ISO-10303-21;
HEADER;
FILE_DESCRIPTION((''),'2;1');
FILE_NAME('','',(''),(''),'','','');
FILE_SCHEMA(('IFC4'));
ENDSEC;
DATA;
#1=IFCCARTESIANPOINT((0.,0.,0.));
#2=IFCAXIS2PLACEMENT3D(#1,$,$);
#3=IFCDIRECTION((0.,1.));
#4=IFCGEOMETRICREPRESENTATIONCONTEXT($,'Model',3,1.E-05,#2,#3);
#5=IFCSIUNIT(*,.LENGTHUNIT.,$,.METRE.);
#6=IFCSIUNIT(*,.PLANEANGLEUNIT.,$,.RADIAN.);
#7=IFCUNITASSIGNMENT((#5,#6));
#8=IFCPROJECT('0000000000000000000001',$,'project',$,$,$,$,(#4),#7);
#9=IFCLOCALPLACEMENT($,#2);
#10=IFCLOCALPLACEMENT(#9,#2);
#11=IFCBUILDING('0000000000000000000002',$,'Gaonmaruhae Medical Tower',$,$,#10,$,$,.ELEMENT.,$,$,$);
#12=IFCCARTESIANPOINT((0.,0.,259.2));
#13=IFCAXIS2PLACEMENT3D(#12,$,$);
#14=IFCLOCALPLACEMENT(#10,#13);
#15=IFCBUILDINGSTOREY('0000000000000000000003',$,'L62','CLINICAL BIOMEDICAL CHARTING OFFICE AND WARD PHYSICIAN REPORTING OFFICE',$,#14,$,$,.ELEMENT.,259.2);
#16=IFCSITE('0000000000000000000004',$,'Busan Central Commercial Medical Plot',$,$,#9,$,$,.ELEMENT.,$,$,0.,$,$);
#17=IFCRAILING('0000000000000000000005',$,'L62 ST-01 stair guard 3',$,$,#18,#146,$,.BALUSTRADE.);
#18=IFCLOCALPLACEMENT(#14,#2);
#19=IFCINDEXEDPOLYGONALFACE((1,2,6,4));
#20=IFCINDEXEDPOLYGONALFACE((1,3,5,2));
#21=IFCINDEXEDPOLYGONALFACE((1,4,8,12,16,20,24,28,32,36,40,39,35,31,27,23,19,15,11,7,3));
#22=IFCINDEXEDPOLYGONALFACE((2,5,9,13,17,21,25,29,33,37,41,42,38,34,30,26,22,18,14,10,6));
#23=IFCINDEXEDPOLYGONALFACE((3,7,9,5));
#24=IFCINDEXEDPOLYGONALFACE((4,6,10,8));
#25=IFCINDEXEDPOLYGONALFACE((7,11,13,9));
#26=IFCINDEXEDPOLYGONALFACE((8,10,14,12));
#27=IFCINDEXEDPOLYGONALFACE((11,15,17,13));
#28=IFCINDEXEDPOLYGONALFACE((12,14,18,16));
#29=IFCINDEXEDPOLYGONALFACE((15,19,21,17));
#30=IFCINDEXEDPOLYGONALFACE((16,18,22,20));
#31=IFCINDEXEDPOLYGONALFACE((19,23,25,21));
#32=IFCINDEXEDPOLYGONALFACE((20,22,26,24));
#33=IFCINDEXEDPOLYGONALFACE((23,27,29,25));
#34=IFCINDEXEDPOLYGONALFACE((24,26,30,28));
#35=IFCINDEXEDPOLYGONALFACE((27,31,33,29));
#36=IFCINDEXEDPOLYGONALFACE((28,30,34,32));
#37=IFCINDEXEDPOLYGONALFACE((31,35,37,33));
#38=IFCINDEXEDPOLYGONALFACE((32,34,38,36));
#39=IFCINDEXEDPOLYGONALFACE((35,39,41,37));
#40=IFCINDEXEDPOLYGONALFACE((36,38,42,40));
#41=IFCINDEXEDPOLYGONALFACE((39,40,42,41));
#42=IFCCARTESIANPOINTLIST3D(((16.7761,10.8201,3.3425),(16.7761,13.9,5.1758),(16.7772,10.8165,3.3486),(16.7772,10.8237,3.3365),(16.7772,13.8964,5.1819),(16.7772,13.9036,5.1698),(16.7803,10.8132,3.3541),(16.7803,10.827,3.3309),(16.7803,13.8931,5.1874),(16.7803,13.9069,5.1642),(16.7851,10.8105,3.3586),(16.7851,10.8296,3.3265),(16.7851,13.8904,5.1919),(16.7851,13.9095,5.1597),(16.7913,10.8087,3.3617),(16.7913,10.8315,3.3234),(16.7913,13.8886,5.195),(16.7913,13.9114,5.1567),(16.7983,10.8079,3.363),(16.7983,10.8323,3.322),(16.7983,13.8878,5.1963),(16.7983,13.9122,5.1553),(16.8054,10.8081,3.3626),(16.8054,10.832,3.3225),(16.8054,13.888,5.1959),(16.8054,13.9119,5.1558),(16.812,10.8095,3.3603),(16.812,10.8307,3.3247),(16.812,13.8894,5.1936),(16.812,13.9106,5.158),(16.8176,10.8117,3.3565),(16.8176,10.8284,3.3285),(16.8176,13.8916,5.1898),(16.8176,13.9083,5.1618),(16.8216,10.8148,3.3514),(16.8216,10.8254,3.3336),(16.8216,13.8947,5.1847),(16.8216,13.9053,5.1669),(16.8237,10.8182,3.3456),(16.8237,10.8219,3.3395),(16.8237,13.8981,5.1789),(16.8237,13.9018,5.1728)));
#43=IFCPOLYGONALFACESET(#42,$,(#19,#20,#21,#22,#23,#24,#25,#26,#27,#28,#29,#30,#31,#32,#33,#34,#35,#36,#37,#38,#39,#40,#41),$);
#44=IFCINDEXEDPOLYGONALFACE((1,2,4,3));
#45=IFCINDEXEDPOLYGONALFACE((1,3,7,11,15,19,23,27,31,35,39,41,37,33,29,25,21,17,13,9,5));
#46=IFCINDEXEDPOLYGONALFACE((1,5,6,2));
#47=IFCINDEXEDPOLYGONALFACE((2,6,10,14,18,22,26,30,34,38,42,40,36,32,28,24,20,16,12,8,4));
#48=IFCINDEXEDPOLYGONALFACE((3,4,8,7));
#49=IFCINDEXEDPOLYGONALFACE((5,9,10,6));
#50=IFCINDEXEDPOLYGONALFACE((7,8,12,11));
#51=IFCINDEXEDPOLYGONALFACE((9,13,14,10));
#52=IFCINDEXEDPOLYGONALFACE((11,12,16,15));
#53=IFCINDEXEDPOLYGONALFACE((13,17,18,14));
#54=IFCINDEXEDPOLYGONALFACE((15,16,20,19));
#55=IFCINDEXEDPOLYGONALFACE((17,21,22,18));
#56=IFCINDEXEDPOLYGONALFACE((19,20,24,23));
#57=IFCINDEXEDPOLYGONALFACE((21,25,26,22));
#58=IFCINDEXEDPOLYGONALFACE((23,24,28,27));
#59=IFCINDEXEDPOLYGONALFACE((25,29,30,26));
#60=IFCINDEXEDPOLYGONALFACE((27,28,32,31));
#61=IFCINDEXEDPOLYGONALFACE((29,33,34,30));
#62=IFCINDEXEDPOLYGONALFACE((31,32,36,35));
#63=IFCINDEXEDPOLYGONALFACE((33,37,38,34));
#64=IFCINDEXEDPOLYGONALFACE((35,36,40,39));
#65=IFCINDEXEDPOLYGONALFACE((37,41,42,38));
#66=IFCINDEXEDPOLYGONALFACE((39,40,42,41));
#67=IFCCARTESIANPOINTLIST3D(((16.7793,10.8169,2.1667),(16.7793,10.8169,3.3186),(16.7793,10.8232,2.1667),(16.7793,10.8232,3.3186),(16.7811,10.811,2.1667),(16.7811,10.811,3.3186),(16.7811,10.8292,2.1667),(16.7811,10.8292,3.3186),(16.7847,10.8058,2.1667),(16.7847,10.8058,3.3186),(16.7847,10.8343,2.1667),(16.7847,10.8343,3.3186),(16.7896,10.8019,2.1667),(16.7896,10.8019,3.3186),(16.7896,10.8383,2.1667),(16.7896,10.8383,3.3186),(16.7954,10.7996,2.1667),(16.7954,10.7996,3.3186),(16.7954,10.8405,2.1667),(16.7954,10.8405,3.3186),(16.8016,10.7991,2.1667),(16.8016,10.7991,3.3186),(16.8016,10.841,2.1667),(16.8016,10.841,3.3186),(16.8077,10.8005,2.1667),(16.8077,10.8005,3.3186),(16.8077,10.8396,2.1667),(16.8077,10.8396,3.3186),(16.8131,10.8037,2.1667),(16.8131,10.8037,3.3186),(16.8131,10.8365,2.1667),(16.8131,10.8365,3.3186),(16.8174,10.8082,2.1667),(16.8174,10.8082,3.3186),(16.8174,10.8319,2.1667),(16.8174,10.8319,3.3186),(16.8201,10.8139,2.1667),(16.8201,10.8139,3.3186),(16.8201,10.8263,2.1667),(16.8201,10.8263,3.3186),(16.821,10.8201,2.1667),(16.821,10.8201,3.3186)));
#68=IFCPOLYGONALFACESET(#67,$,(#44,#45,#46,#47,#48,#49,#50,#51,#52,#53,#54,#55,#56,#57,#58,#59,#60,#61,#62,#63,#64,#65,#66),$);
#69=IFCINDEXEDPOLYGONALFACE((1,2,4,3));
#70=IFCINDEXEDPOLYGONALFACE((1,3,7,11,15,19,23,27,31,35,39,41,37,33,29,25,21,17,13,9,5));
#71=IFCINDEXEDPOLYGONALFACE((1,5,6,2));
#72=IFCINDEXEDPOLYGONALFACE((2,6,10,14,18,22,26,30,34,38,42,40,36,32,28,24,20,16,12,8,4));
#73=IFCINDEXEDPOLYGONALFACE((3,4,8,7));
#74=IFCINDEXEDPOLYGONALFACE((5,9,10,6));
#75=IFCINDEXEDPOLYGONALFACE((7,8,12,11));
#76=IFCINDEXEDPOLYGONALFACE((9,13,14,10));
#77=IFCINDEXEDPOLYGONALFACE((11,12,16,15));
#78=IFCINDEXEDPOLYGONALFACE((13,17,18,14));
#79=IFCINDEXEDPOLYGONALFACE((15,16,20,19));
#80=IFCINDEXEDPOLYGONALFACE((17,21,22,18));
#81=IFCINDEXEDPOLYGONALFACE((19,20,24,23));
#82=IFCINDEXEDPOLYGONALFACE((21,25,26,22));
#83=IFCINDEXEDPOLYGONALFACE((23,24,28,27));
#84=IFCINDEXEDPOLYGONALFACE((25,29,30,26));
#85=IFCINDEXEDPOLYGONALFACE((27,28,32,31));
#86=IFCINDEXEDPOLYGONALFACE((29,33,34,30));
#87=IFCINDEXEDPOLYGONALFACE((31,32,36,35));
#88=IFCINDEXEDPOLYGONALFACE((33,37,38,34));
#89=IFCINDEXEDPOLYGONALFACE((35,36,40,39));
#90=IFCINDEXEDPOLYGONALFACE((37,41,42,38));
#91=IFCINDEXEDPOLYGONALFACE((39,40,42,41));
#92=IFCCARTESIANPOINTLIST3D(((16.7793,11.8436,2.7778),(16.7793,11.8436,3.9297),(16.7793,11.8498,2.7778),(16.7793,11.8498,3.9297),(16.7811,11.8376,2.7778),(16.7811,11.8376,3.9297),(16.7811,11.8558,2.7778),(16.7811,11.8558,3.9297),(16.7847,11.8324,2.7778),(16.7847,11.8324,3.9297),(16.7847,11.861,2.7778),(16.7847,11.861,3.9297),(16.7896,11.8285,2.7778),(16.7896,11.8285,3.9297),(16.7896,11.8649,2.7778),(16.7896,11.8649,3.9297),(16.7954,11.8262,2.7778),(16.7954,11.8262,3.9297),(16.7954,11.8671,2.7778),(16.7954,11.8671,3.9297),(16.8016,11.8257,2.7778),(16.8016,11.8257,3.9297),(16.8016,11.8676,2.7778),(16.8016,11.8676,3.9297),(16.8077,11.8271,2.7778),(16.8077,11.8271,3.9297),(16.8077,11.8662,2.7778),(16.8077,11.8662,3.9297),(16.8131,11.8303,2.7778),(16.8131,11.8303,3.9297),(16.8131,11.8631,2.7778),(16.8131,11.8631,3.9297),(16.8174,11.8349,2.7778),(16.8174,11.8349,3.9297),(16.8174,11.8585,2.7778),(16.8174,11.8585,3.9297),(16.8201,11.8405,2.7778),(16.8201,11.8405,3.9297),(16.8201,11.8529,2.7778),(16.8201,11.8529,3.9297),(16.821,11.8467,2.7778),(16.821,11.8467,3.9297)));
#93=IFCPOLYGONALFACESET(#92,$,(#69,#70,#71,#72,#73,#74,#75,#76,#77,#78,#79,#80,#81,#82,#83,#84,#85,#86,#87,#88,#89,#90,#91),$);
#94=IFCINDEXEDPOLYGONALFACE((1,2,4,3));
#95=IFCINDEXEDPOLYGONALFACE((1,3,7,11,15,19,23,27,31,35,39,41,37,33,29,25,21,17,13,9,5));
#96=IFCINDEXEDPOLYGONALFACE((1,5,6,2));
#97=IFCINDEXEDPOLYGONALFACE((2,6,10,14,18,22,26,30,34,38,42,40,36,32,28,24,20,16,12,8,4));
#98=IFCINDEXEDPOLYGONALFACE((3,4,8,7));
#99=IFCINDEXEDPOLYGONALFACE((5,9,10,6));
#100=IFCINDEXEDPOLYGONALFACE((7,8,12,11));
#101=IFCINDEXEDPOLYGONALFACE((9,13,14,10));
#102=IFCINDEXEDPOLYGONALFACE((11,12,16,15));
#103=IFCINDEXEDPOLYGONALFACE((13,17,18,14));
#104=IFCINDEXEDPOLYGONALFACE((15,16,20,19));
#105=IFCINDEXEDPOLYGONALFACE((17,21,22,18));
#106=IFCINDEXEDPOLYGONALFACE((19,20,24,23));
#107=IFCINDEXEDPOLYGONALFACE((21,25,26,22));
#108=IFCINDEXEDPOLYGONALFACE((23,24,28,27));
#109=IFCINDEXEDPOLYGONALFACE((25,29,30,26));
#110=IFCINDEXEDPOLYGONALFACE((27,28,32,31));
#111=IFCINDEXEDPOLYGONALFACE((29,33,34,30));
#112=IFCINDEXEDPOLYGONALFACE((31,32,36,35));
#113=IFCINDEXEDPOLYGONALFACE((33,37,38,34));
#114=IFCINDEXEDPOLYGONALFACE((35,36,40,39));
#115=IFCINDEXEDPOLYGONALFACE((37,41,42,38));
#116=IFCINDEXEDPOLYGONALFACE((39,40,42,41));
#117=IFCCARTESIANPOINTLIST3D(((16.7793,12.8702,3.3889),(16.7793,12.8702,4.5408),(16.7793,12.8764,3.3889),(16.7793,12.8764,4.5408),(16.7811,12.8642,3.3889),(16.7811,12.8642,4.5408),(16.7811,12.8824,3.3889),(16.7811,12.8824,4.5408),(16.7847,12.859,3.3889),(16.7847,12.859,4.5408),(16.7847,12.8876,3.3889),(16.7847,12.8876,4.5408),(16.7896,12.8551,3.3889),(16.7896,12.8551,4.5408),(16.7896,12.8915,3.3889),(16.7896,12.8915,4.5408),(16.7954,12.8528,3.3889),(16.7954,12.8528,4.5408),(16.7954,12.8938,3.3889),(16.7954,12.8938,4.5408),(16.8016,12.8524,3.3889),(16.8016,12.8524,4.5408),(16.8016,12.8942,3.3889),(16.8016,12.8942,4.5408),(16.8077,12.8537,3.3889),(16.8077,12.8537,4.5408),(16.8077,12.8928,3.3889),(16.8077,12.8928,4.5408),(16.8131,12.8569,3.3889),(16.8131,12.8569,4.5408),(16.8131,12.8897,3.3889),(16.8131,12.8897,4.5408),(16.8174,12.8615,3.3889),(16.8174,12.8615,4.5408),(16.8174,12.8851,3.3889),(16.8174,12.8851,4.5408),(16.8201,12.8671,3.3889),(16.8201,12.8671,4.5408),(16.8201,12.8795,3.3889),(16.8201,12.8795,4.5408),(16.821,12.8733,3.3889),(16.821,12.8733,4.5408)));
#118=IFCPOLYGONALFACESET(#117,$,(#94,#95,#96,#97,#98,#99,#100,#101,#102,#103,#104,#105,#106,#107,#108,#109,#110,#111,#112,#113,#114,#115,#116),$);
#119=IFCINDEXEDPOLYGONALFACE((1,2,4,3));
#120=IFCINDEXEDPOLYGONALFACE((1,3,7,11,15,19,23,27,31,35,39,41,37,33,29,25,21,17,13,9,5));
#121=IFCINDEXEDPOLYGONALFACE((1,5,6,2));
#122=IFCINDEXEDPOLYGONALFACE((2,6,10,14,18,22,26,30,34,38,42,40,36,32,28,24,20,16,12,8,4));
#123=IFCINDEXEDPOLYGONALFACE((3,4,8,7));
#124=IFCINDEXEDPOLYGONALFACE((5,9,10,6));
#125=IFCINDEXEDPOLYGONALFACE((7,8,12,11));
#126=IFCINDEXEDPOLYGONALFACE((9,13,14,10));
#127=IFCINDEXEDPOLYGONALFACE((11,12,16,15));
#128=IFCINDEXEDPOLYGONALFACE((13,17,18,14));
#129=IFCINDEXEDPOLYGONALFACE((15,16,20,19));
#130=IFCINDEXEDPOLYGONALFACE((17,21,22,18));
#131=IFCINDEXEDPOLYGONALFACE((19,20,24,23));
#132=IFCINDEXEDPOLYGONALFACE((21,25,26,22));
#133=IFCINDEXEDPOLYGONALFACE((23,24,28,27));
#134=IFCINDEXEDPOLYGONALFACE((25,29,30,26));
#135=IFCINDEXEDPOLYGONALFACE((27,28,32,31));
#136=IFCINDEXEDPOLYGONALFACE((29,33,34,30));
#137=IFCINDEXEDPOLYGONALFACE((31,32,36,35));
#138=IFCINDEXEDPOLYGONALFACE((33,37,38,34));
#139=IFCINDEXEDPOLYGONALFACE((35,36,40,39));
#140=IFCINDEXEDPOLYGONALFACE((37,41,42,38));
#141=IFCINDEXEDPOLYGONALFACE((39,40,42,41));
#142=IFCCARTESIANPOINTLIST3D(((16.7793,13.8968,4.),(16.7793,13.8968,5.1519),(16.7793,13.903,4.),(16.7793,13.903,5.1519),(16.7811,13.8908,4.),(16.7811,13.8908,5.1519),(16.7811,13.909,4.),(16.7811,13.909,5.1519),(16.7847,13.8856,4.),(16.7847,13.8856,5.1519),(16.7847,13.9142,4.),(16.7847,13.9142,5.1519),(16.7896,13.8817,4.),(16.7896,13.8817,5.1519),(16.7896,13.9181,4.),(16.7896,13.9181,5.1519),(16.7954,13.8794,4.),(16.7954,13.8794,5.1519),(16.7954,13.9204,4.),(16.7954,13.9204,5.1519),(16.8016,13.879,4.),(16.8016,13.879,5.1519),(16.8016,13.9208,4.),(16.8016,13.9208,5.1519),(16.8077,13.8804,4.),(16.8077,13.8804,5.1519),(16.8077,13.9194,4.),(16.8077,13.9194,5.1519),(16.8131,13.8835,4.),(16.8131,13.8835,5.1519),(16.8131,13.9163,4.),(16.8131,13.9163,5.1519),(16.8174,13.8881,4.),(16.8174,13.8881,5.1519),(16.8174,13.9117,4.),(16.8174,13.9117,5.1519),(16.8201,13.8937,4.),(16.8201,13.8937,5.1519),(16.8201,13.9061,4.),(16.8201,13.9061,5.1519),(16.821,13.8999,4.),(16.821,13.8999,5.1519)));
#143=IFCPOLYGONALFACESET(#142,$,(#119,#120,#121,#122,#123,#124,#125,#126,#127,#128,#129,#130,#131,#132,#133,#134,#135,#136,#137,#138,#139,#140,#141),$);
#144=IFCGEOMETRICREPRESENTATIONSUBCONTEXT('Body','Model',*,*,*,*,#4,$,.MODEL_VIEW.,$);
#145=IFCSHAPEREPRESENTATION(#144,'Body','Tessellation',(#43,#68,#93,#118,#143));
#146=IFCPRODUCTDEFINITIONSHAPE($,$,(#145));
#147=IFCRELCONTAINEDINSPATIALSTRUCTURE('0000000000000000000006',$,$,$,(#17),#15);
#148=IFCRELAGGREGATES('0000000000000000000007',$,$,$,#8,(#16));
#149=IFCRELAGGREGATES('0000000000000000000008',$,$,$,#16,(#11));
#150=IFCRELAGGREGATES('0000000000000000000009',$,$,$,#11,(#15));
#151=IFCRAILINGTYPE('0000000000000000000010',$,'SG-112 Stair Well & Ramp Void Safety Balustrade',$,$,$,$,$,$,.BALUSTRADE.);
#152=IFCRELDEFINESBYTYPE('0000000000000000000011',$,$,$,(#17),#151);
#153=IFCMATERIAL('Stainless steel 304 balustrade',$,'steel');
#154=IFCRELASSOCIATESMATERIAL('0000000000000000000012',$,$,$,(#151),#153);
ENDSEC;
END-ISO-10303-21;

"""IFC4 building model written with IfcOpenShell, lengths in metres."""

from ifc_helpers import new_model, si_unit, direction, frame, origin, origin_2d, place, context, subcontext, project, spatial, circle, extrude, material, type_object, element, save


model = new_model("IFC4")

# Units and contexts
model_context = context("Model", 3, precision=1e-05, world=origin(), true_north=direction((0.0, 1.0)))
body_context = subcontext(model_context, "Body", "Model", "MODEL_VIEW")
ifc_project = project(units=[si_unit("LENGTHUNIT", "METRE"), si_unit("PLANEANGLEUNIT", "RADIAN")], contexts=[model_context])

# Site, building, storey
site_placement = place(None, origin())
site = spatial("IfcSite", under=ifc_project, at=site_placement, Name="Busan Central Commercial Medical Plot", CompositionType="ELEMENT", RefElevation=0.0)
building_placement = place(site_placement, origin())
building = spatial("IfcBuilding", under=site, at=building_placement, Name="Gaonmaruhae Medical Tower", CompositionType="ELEMENT")
storey_placement = place(building_placement, frame((0.0, 0.0, 259.2)))
storey = spatial("IfcBuildingStorey", under=building, at=storey_placement, Name="L62", Description="CLINICAL BIOMEDICAL CHARTING OFFICE AND WARD PHYSICIAN REPORTING OFFICE", CompositionType="ELEMENT", Elevation=259.2)

# Railing
ifc_material_1 = material(Name="Stainless steel 304 balustrade", Category="steel")
railing_type_1 = type_object("IfcRailingType", Name="SG-112 Stair Well & Ramp Void Safety Balustrade", PredefinedType="BALUSTRADE", material=ifc_material_1)
railing_1_placement = place(storey_placement, frame((16.8, 10.8201, 2.1667)))
element("IfcRailing", 1, at=railing_1_placement, inside=storey, type_object=railing_type_1, Name="L62 ST-01 stair guard 3", PredefinedType="BALUSTRADE", context=body_context, shape_type="SweptSolid", body=[
    extrude(circle(Radius=0.0239, at=origin_2d()), frame((0.0, 0.0, 1.1758), z_axis=(0.0, 0.859291, 0.511487), x_axis=(-1.0, 0.0, 0.0)), (0.0, 0.0, 1.0), 3.5842),
    extrude(circle(Radius=0.021, at=origin_2d()), origin(), (0.0, 0.0, 1.0), 1.1519),
    extrude(circle(Radius=0.021, at=origin_2d()), frame((0.0, 1.0266, 0.6111)), (0.0, 0.0, 1.0), 1.1519),
    extrude(circle(Radius=0.021, at=origin_2d()), frame((0.0, 2.0532, 1.2222)), (0.0, 0.0, 1.0), 1.1519),
    extrude(circle(Radius=0.021, at=origin_2d()), frame((0.0, 3.0798, 1.8333)), (0.0, 0.0, 1.0), 1.1519),
])

save(model, "model.ifc")
